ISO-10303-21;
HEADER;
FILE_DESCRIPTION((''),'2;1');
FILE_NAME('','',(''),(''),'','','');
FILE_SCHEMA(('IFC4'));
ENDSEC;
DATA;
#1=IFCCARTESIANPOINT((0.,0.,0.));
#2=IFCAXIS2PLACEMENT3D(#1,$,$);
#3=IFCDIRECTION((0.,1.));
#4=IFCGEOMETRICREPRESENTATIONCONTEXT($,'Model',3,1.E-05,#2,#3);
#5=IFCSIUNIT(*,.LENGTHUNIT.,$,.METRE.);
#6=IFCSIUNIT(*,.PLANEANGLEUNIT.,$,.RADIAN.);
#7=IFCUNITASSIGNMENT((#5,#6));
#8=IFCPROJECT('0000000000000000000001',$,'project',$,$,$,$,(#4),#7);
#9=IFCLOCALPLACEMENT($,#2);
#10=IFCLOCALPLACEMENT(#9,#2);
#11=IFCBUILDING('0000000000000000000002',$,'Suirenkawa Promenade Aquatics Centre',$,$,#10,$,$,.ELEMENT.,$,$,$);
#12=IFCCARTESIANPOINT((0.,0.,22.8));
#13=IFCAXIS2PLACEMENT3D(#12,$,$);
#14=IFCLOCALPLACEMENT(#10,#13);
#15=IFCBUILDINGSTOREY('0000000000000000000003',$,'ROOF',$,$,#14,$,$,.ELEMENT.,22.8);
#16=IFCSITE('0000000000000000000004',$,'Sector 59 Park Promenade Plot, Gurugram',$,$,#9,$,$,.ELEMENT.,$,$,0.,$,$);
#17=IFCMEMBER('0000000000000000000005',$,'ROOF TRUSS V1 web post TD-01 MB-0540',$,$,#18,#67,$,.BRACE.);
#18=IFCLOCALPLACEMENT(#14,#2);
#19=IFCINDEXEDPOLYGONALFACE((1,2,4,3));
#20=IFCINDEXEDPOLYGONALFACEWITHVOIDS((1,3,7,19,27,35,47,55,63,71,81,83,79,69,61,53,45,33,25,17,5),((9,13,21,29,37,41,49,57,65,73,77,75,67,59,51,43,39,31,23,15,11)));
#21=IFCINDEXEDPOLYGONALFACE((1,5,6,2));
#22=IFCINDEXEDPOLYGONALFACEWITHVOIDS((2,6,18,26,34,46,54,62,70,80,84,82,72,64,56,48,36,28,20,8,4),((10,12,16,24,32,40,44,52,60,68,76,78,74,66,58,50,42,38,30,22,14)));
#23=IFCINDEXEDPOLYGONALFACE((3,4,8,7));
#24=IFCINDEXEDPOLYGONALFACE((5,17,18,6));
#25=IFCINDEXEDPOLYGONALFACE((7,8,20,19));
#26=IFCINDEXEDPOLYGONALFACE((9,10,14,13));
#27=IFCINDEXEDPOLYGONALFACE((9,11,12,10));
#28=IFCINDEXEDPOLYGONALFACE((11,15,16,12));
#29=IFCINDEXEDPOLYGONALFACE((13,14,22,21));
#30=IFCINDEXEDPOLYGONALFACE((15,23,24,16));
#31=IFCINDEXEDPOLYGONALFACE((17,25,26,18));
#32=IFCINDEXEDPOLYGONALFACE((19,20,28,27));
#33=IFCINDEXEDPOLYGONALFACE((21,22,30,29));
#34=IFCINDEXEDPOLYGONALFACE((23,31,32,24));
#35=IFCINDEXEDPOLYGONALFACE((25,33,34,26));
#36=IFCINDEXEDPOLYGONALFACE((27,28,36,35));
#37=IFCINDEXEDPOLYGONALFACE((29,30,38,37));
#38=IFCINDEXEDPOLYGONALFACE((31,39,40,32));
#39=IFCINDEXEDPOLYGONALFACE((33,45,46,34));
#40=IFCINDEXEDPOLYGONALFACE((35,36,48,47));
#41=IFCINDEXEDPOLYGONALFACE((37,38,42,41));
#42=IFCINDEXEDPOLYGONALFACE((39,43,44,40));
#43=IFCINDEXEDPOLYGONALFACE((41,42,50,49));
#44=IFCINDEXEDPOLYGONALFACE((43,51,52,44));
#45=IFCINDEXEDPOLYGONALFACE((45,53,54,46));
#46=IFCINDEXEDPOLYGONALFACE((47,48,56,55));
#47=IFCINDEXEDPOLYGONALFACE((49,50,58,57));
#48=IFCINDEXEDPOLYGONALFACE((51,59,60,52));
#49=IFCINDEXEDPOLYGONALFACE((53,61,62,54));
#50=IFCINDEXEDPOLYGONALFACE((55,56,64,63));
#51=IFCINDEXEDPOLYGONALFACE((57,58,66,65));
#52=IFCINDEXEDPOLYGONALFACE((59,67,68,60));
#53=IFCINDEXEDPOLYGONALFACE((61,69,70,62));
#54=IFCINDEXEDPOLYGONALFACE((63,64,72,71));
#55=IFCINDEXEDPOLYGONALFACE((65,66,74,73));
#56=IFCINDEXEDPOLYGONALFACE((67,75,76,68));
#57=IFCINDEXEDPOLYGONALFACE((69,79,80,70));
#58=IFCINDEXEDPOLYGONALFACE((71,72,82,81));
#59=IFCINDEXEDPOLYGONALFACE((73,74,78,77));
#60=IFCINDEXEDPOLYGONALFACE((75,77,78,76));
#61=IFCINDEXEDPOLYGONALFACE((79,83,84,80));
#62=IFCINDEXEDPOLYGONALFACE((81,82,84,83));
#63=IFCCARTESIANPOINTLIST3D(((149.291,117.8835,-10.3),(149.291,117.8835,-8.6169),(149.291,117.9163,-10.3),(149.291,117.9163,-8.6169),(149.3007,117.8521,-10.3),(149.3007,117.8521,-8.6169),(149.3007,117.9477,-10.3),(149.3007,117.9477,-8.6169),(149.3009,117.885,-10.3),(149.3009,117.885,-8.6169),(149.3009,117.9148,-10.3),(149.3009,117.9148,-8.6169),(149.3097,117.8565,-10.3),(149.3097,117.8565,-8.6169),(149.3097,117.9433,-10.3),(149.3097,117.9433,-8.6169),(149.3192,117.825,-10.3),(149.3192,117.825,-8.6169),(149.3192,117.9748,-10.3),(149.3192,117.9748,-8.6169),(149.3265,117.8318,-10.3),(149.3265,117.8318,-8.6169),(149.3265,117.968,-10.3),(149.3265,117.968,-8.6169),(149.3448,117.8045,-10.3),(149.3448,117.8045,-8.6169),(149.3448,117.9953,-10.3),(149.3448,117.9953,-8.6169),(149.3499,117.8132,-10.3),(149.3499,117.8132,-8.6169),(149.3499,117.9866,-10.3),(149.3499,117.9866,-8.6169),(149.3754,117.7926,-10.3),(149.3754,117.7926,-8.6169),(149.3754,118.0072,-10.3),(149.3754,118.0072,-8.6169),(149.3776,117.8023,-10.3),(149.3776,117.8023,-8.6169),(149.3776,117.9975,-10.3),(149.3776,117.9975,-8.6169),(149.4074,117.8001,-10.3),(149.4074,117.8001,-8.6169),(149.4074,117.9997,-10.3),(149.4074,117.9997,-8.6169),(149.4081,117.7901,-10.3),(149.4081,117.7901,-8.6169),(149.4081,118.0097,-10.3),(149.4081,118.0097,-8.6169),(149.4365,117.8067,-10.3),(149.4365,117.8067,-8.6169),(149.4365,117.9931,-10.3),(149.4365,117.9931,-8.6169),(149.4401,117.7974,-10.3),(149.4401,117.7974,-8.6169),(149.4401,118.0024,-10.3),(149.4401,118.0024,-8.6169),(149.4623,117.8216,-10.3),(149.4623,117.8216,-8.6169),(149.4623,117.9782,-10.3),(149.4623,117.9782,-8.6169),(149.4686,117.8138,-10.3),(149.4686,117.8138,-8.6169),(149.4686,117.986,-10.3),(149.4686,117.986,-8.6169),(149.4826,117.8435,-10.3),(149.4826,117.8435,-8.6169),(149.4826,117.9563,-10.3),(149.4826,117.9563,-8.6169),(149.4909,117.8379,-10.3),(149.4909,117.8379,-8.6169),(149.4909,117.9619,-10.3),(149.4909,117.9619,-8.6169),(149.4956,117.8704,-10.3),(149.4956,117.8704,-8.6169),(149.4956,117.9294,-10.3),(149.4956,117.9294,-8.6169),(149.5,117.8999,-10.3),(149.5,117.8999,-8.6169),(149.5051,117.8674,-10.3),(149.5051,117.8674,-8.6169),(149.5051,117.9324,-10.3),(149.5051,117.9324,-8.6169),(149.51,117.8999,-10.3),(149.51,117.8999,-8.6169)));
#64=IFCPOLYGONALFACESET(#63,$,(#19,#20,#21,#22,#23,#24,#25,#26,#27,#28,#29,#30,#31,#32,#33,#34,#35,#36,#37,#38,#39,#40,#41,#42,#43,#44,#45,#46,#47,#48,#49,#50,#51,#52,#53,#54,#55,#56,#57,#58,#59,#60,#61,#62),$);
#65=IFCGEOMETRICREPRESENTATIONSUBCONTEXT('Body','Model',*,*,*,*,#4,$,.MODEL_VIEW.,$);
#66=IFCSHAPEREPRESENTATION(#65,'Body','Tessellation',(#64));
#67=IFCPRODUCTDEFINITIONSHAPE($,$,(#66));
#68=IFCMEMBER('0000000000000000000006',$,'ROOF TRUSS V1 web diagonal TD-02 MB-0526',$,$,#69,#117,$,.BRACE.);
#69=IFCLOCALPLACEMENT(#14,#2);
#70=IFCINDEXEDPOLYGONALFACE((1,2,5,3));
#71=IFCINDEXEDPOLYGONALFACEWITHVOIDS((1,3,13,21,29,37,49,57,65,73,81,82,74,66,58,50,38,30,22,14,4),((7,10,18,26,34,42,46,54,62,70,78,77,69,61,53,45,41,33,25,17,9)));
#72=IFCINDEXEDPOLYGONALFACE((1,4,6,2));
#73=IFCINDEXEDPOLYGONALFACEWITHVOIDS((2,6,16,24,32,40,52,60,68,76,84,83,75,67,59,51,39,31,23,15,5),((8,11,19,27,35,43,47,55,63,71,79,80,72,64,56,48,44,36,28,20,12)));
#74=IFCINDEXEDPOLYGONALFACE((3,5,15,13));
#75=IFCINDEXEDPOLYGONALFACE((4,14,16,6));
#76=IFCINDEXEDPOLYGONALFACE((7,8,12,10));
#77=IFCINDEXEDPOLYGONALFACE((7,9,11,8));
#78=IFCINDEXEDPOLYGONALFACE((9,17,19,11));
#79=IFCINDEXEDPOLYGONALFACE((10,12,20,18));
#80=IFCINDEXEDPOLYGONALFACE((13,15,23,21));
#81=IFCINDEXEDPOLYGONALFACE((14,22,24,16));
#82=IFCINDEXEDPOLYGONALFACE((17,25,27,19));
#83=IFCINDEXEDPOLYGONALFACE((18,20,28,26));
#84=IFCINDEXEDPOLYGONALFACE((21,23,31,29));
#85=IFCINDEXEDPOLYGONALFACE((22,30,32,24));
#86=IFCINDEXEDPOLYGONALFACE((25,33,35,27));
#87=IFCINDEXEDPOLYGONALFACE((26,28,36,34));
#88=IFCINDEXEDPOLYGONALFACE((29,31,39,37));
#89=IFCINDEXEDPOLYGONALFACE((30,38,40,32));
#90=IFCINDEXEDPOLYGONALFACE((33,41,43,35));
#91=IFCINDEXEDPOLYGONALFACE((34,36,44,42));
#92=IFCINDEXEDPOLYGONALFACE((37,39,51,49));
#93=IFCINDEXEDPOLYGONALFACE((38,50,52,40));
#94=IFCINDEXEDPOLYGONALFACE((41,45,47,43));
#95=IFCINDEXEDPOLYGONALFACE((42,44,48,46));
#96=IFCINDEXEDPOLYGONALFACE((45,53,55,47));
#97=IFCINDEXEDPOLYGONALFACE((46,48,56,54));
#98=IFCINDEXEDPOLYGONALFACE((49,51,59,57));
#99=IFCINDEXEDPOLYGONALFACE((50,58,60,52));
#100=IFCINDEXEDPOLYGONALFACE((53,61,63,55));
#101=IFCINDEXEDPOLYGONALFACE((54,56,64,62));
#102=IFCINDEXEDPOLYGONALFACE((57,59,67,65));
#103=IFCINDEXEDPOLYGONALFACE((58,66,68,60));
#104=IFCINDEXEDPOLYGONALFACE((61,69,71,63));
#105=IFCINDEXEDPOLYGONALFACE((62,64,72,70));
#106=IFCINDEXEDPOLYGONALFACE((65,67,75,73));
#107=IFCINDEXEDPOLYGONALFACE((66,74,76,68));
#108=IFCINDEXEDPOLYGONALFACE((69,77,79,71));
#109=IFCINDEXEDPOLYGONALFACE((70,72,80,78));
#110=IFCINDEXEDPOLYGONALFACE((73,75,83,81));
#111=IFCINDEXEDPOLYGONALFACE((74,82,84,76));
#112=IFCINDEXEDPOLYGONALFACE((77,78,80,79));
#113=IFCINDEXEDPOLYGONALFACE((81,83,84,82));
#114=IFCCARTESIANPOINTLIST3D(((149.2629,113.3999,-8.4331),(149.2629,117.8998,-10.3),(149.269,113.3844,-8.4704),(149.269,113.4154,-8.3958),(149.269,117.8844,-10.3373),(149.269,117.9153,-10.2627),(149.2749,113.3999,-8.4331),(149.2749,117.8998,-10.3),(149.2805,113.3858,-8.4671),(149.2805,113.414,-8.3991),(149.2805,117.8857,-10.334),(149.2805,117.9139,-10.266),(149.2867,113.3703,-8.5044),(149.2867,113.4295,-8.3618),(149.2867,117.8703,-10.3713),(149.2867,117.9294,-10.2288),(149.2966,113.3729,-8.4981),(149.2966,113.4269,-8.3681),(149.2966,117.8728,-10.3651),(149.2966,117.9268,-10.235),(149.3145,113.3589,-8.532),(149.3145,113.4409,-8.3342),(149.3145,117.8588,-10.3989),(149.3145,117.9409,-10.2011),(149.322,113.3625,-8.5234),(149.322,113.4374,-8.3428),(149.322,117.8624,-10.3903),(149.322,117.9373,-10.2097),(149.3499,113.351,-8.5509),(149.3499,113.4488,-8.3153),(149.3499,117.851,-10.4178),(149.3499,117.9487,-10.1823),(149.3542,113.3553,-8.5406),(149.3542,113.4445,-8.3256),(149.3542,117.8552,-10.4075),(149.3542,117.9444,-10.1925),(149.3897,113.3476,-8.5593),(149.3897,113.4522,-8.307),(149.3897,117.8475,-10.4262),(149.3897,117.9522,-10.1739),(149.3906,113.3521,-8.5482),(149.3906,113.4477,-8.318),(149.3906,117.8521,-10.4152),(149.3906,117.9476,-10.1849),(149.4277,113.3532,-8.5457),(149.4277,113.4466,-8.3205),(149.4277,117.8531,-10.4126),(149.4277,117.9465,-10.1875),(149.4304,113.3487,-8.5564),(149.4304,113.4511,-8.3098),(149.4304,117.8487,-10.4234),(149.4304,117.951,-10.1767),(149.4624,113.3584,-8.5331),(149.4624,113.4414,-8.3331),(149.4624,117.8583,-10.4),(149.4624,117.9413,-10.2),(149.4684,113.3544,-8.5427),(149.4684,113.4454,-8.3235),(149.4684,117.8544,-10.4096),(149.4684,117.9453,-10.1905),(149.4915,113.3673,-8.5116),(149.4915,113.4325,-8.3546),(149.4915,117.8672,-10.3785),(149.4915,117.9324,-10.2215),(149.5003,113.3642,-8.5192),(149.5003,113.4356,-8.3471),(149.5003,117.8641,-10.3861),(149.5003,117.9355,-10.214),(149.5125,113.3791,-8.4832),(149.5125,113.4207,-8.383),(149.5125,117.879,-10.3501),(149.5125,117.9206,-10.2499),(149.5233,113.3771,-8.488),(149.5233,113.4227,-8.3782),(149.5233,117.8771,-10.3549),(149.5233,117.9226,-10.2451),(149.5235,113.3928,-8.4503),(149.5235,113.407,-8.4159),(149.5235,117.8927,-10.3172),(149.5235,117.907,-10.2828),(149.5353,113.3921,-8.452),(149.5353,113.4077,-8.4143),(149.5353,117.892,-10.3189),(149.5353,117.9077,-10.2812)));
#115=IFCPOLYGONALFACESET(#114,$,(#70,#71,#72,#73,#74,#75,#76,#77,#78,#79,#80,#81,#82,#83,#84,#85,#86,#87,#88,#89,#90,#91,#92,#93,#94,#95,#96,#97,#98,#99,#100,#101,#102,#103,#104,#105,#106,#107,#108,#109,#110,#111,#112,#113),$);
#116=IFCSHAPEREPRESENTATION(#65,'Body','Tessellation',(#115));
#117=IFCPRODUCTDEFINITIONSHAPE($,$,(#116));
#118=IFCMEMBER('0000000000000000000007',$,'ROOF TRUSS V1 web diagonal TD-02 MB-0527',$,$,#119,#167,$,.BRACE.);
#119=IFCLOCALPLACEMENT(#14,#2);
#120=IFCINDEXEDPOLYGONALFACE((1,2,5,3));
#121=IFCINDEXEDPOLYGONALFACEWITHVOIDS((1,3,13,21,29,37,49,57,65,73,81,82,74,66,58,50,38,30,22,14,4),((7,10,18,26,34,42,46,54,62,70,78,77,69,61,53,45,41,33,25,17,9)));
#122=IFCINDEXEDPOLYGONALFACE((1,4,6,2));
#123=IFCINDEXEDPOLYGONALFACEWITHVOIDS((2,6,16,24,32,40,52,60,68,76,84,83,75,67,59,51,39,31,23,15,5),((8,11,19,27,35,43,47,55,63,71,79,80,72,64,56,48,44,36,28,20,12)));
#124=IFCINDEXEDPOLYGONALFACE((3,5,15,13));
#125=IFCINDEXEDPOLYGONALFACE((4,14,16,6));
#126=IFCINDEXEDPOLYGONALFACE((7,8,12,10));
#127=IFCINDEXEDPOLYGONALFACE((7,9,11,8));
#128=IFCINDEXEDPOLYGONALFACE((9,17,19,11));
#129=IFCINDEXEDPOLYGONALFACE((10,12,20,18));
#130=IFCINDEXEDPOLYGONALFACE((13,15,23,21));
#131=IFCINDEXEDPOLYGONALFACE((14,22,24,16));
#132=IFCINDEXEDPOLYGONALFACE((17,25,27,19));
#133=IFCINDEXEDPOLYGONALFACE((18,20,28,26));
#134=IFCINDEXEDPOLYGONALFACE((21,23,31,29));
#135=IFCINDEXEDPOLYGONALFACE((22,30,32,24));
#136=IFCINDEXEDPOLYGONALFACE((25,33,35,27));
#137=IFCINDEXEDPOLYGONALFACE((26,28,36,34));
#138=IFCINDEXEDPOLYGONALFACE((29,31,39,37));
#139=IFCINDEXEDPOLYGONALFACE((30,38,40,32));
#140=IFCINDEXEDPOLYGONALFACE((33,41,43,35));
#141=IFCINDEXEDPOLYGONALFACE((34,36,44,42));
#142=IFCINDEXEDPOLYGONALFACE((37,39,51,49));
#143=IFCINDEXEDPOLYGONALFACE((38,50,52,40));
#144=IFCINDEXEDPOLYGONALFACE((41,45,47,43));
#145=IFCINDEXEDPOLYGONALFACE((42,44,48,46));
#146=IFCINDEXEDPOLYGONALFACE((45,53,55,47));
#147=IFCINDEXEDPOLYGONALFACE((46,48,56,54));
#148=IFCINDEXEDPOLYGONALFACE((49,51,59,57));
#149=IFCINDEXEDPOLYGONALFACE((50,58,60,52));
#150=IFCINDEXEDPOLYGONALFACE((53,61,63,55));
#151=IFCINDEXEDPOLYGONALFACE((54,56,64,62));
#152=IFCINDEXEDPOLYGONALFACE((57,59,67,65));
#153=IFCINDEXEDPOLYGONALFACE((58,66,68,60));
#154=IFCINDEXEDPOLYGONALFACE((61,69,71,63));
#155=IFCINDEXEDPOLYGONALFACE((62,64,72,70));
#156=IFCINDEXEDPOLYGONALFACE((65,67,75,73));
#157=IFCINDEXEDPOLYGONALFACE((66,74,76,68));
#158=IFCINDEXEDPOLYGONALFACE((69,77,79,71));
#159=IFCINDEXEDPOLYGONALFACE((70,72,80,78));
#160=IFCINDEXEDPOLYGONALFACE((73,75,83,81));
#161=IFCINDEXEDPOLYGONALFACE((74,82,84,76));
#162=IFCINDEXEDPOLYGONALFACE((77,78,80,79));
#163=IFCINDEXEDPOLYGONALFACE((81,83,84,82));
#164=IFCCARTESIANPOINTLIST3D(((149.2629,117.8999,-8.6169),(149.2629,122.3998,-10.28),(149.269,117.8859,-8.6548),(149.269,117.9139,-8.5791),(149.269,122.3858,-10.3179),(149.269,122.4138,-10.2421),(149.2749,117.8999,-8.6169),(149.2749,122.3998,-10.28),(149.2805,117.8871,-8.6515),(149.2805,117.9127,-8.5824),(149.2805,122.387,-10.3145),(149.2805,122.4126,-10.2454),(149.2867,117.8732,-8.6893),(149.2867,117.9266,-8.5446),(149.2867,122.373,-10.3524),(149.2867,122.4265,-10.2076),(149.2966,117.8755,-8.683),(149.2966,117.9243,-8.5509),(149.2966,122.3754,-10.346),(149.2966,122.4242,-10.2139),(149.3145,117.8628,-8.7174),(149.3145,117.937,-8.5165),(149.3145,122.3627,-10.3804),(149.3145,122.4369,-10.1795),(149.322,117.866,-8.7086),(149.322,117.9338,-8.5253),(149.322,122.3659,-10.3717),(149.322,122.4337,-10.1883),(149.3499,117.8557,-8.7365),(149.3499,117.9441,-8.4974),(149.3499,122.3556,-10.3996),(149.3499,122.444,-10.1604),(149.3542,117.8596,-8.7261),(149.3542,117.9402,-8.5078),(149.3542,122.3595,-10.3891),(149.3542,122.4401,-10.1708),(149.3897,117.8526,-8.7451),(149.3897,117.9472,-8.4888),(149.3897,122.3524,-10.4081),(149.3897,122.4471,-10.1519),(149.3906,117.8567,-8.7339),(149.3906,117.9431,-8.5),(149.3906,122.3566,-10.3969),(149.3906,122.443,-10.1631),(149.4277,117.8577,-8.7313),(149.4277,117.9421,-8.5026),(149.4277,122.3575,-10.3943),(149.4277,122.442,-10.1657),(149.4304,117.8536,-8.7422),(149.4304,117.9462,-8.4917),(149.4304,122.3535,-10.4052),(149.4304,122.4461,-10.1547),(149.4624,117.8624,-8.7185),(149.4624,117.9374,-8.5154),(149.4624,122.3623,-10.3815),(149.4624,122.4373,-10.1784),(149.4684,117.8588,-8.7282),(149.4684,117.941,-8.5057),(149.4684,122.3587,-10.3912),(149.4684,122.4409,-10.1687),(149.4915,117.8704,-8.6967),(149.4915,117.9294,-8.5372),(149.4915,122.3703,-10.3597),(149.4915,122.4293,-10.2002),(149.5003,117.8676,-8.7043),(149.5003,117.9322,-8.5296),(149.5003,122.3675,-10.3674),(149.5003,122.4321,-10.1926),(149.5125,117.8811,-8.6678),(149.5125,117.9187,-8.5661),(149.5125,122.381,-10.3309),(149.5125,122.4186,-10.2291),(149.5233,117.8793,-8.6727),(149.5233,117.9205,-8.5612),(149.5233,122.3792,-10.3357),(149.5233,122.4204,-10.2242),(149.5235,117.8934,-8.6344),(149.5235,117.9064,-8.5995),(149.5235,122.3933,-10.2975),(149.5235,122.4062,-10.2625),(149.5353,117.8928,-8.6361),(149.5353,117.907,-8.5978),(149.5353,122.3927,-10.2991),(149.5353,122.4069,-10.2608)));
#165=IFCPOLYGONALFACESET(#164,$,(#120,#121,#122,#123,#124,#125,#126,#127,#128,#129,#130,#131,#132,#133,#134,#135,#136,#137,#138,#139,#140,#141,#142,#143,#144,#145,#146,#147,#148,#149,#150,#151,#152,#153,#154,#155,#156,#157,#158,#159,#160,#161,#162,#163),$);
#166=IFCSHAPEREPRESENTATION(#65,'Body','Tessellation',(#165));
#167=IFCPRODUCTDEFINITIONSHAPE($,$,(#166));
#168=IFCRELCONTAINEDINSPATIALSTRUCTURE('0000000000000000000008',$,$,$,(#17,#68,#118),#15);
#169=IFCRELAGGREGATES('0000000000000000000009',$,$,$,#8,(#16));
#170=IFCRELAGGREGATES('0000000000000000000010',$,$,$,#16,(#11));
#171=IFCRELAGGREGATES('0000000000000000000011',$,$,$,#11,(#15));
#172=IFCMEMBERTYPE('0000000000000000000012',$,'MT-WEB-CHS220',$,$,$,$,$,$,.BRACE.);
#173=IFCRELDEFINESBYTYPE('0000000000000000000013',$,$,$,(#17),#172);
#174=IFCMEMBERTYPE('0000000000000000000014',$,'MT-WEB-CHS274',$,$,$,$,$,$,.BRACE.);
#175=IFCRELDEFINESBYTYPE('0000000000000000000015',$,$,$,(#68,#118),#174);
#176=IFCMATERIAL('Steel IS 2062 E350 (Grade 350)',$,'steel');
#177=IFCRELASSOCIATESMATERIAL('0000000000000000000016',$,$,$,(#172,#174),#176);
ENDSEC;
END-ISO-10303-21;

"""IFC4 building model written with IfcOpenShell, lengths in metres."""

from ifc_helpers import new_model, si_unit, direction, frame, origin, origin_2d, place, context, subcontext, project, spatial, hollow_circle, extrude, material, material_profile, profile_set, type_object, element, save


model = new_model("IFC4")

# Units and contexts
model_context = context("Model", 3, precision=1e-05, world=origin(), true_north=direction((0.0, 1.0)))
body_context = subcontext(model_context, "Body", "Model", "MODEL_VIEW")
ifc_project = project(units=[si_unit("LENGTHUNIT", "METRE"), si_unit("PLANEANGLEUNIT", "RADIAN")], contexts=[model_context])

# Site, building, storey
site_placement = place(None, origin())
site = spatial("IfcSite", under=ifc_project, at=site_placement, Name="Sector 59 Park Promenade Plot, Gurugram", CompositionType="ELEMENT", RefElevation=0.0)
building_placement = place(site_placement, origin())
building = spatial("IfcBuilding", under=site, at=building_placement, Name="Suirenkawa Promenade Aquatics Centre", CompositionType="ELEMENT")
storey_placement = place(building_placement, frame((0.0, 0.0, 22.8)))
storey = spatial("IfcBuildingStorey", under=building, at=storey_placement, Name="ROOF", CompositionType="ELEMENT", Elevation=22.8)

# Shared definitions
ifc_material = material(Name="Steel IS 2062 E350 (Grade 350)", Category="steel")

# Members
ifc_material_profile_1 = material_profile(ifc_material, hollow_circle(Radius=0.1101, WallThickness=0.01, at=origin_2d()), Name="CHS 220x10", Category="steel")
ifc_profile_set_1 = profile_set([ifc_material_profile_1], Name="Steel IS 2062 E350 (Grade 350)")
member_type_1 = type_object("IfcMemberType", Name="MT-WEB-CHS220", PredefinedType="BRACE", material=ifc_profile_set_1)
member_1_placement = place(storey_placement, frame((149.3999, 117.8999, -10.3), z_axis=(0.0, 0.0, 1.0), x_axis=(1.0, 0.0, 0.0)))
element("IfcMember", 1, at=member_1_placement, inside=storey, type_object=member_type_1, Name="ROOF TRUSS V1 web post TD-01 MB-0540", PredefinedType="BRACE", context=body_context, shape_type="SweptSolid", body=[
    extrude(hollow_circle(Radius=0.1101, WallThickness=0.01, at=origin_2d()), origin(), (0.0, 0.0, 1.0), 1.6831),
])
ifc_material_profile_2 = material_profile(ifc_material, hollow_circle(Radius=0.137, WallThickness=0.012, at=origin_2d()), Name="CHS 274x12", Category="steel")
ifc_profile_set_2 = profile_set([ifc_material_profile_2], Name="Steel IS 2062 E350 (Grade 350)")
member_type_2 = type_object("IfcMemberType", Name="MT-WEB-CHS274", PredefinedType="BRACE", material=ifc_profile_set_2)
member_2_placement = place(storey_placement, frame((149.3999, 113.3999, -8.4331), z_axis=(0.0, 0.923663, -0.383206), x_axis=(-1.0, 0.0, 0.0)))
element("IfcMember", 2, at=member_2_placement, inside=storey, type_object=member_type_2, Name="ROOF TRUSS V1 web diagonal TD-02 MB-0526", PredefinedType="BRACE", context=body_context, shape_type="SweptSolid", body=[
    extrude(hollow_circle(Radius=0.137, WallThickness=0.012, at=origin_2d()), origin(), (0.0, 0.0, 1.0), 4.8718),
])
member_3_placement = place(storey_placement, frame((149.3999, 117.8999, -8.6169), z_axis=(0.0, 0.937992, -0.346658), x_axis=(-1.0, 0.0, 0.0)))
element("IfcMember", 3, at=member_3_placement, inside=storey, type_object=member_type_2, Name="ROOF TRUSS V1 web diagonal TD-02 MB-0527", PredefinedType="BRACE", context=body_context, shape_type="SweptSolid", body=[
    extrude(hollow_circle(Radius=0.137, WallThickness=0.012, at=origin_2d()), origin(), (0.0, 0.0, 1.0), 4.7974),
])

save(model, "model.ifc")
